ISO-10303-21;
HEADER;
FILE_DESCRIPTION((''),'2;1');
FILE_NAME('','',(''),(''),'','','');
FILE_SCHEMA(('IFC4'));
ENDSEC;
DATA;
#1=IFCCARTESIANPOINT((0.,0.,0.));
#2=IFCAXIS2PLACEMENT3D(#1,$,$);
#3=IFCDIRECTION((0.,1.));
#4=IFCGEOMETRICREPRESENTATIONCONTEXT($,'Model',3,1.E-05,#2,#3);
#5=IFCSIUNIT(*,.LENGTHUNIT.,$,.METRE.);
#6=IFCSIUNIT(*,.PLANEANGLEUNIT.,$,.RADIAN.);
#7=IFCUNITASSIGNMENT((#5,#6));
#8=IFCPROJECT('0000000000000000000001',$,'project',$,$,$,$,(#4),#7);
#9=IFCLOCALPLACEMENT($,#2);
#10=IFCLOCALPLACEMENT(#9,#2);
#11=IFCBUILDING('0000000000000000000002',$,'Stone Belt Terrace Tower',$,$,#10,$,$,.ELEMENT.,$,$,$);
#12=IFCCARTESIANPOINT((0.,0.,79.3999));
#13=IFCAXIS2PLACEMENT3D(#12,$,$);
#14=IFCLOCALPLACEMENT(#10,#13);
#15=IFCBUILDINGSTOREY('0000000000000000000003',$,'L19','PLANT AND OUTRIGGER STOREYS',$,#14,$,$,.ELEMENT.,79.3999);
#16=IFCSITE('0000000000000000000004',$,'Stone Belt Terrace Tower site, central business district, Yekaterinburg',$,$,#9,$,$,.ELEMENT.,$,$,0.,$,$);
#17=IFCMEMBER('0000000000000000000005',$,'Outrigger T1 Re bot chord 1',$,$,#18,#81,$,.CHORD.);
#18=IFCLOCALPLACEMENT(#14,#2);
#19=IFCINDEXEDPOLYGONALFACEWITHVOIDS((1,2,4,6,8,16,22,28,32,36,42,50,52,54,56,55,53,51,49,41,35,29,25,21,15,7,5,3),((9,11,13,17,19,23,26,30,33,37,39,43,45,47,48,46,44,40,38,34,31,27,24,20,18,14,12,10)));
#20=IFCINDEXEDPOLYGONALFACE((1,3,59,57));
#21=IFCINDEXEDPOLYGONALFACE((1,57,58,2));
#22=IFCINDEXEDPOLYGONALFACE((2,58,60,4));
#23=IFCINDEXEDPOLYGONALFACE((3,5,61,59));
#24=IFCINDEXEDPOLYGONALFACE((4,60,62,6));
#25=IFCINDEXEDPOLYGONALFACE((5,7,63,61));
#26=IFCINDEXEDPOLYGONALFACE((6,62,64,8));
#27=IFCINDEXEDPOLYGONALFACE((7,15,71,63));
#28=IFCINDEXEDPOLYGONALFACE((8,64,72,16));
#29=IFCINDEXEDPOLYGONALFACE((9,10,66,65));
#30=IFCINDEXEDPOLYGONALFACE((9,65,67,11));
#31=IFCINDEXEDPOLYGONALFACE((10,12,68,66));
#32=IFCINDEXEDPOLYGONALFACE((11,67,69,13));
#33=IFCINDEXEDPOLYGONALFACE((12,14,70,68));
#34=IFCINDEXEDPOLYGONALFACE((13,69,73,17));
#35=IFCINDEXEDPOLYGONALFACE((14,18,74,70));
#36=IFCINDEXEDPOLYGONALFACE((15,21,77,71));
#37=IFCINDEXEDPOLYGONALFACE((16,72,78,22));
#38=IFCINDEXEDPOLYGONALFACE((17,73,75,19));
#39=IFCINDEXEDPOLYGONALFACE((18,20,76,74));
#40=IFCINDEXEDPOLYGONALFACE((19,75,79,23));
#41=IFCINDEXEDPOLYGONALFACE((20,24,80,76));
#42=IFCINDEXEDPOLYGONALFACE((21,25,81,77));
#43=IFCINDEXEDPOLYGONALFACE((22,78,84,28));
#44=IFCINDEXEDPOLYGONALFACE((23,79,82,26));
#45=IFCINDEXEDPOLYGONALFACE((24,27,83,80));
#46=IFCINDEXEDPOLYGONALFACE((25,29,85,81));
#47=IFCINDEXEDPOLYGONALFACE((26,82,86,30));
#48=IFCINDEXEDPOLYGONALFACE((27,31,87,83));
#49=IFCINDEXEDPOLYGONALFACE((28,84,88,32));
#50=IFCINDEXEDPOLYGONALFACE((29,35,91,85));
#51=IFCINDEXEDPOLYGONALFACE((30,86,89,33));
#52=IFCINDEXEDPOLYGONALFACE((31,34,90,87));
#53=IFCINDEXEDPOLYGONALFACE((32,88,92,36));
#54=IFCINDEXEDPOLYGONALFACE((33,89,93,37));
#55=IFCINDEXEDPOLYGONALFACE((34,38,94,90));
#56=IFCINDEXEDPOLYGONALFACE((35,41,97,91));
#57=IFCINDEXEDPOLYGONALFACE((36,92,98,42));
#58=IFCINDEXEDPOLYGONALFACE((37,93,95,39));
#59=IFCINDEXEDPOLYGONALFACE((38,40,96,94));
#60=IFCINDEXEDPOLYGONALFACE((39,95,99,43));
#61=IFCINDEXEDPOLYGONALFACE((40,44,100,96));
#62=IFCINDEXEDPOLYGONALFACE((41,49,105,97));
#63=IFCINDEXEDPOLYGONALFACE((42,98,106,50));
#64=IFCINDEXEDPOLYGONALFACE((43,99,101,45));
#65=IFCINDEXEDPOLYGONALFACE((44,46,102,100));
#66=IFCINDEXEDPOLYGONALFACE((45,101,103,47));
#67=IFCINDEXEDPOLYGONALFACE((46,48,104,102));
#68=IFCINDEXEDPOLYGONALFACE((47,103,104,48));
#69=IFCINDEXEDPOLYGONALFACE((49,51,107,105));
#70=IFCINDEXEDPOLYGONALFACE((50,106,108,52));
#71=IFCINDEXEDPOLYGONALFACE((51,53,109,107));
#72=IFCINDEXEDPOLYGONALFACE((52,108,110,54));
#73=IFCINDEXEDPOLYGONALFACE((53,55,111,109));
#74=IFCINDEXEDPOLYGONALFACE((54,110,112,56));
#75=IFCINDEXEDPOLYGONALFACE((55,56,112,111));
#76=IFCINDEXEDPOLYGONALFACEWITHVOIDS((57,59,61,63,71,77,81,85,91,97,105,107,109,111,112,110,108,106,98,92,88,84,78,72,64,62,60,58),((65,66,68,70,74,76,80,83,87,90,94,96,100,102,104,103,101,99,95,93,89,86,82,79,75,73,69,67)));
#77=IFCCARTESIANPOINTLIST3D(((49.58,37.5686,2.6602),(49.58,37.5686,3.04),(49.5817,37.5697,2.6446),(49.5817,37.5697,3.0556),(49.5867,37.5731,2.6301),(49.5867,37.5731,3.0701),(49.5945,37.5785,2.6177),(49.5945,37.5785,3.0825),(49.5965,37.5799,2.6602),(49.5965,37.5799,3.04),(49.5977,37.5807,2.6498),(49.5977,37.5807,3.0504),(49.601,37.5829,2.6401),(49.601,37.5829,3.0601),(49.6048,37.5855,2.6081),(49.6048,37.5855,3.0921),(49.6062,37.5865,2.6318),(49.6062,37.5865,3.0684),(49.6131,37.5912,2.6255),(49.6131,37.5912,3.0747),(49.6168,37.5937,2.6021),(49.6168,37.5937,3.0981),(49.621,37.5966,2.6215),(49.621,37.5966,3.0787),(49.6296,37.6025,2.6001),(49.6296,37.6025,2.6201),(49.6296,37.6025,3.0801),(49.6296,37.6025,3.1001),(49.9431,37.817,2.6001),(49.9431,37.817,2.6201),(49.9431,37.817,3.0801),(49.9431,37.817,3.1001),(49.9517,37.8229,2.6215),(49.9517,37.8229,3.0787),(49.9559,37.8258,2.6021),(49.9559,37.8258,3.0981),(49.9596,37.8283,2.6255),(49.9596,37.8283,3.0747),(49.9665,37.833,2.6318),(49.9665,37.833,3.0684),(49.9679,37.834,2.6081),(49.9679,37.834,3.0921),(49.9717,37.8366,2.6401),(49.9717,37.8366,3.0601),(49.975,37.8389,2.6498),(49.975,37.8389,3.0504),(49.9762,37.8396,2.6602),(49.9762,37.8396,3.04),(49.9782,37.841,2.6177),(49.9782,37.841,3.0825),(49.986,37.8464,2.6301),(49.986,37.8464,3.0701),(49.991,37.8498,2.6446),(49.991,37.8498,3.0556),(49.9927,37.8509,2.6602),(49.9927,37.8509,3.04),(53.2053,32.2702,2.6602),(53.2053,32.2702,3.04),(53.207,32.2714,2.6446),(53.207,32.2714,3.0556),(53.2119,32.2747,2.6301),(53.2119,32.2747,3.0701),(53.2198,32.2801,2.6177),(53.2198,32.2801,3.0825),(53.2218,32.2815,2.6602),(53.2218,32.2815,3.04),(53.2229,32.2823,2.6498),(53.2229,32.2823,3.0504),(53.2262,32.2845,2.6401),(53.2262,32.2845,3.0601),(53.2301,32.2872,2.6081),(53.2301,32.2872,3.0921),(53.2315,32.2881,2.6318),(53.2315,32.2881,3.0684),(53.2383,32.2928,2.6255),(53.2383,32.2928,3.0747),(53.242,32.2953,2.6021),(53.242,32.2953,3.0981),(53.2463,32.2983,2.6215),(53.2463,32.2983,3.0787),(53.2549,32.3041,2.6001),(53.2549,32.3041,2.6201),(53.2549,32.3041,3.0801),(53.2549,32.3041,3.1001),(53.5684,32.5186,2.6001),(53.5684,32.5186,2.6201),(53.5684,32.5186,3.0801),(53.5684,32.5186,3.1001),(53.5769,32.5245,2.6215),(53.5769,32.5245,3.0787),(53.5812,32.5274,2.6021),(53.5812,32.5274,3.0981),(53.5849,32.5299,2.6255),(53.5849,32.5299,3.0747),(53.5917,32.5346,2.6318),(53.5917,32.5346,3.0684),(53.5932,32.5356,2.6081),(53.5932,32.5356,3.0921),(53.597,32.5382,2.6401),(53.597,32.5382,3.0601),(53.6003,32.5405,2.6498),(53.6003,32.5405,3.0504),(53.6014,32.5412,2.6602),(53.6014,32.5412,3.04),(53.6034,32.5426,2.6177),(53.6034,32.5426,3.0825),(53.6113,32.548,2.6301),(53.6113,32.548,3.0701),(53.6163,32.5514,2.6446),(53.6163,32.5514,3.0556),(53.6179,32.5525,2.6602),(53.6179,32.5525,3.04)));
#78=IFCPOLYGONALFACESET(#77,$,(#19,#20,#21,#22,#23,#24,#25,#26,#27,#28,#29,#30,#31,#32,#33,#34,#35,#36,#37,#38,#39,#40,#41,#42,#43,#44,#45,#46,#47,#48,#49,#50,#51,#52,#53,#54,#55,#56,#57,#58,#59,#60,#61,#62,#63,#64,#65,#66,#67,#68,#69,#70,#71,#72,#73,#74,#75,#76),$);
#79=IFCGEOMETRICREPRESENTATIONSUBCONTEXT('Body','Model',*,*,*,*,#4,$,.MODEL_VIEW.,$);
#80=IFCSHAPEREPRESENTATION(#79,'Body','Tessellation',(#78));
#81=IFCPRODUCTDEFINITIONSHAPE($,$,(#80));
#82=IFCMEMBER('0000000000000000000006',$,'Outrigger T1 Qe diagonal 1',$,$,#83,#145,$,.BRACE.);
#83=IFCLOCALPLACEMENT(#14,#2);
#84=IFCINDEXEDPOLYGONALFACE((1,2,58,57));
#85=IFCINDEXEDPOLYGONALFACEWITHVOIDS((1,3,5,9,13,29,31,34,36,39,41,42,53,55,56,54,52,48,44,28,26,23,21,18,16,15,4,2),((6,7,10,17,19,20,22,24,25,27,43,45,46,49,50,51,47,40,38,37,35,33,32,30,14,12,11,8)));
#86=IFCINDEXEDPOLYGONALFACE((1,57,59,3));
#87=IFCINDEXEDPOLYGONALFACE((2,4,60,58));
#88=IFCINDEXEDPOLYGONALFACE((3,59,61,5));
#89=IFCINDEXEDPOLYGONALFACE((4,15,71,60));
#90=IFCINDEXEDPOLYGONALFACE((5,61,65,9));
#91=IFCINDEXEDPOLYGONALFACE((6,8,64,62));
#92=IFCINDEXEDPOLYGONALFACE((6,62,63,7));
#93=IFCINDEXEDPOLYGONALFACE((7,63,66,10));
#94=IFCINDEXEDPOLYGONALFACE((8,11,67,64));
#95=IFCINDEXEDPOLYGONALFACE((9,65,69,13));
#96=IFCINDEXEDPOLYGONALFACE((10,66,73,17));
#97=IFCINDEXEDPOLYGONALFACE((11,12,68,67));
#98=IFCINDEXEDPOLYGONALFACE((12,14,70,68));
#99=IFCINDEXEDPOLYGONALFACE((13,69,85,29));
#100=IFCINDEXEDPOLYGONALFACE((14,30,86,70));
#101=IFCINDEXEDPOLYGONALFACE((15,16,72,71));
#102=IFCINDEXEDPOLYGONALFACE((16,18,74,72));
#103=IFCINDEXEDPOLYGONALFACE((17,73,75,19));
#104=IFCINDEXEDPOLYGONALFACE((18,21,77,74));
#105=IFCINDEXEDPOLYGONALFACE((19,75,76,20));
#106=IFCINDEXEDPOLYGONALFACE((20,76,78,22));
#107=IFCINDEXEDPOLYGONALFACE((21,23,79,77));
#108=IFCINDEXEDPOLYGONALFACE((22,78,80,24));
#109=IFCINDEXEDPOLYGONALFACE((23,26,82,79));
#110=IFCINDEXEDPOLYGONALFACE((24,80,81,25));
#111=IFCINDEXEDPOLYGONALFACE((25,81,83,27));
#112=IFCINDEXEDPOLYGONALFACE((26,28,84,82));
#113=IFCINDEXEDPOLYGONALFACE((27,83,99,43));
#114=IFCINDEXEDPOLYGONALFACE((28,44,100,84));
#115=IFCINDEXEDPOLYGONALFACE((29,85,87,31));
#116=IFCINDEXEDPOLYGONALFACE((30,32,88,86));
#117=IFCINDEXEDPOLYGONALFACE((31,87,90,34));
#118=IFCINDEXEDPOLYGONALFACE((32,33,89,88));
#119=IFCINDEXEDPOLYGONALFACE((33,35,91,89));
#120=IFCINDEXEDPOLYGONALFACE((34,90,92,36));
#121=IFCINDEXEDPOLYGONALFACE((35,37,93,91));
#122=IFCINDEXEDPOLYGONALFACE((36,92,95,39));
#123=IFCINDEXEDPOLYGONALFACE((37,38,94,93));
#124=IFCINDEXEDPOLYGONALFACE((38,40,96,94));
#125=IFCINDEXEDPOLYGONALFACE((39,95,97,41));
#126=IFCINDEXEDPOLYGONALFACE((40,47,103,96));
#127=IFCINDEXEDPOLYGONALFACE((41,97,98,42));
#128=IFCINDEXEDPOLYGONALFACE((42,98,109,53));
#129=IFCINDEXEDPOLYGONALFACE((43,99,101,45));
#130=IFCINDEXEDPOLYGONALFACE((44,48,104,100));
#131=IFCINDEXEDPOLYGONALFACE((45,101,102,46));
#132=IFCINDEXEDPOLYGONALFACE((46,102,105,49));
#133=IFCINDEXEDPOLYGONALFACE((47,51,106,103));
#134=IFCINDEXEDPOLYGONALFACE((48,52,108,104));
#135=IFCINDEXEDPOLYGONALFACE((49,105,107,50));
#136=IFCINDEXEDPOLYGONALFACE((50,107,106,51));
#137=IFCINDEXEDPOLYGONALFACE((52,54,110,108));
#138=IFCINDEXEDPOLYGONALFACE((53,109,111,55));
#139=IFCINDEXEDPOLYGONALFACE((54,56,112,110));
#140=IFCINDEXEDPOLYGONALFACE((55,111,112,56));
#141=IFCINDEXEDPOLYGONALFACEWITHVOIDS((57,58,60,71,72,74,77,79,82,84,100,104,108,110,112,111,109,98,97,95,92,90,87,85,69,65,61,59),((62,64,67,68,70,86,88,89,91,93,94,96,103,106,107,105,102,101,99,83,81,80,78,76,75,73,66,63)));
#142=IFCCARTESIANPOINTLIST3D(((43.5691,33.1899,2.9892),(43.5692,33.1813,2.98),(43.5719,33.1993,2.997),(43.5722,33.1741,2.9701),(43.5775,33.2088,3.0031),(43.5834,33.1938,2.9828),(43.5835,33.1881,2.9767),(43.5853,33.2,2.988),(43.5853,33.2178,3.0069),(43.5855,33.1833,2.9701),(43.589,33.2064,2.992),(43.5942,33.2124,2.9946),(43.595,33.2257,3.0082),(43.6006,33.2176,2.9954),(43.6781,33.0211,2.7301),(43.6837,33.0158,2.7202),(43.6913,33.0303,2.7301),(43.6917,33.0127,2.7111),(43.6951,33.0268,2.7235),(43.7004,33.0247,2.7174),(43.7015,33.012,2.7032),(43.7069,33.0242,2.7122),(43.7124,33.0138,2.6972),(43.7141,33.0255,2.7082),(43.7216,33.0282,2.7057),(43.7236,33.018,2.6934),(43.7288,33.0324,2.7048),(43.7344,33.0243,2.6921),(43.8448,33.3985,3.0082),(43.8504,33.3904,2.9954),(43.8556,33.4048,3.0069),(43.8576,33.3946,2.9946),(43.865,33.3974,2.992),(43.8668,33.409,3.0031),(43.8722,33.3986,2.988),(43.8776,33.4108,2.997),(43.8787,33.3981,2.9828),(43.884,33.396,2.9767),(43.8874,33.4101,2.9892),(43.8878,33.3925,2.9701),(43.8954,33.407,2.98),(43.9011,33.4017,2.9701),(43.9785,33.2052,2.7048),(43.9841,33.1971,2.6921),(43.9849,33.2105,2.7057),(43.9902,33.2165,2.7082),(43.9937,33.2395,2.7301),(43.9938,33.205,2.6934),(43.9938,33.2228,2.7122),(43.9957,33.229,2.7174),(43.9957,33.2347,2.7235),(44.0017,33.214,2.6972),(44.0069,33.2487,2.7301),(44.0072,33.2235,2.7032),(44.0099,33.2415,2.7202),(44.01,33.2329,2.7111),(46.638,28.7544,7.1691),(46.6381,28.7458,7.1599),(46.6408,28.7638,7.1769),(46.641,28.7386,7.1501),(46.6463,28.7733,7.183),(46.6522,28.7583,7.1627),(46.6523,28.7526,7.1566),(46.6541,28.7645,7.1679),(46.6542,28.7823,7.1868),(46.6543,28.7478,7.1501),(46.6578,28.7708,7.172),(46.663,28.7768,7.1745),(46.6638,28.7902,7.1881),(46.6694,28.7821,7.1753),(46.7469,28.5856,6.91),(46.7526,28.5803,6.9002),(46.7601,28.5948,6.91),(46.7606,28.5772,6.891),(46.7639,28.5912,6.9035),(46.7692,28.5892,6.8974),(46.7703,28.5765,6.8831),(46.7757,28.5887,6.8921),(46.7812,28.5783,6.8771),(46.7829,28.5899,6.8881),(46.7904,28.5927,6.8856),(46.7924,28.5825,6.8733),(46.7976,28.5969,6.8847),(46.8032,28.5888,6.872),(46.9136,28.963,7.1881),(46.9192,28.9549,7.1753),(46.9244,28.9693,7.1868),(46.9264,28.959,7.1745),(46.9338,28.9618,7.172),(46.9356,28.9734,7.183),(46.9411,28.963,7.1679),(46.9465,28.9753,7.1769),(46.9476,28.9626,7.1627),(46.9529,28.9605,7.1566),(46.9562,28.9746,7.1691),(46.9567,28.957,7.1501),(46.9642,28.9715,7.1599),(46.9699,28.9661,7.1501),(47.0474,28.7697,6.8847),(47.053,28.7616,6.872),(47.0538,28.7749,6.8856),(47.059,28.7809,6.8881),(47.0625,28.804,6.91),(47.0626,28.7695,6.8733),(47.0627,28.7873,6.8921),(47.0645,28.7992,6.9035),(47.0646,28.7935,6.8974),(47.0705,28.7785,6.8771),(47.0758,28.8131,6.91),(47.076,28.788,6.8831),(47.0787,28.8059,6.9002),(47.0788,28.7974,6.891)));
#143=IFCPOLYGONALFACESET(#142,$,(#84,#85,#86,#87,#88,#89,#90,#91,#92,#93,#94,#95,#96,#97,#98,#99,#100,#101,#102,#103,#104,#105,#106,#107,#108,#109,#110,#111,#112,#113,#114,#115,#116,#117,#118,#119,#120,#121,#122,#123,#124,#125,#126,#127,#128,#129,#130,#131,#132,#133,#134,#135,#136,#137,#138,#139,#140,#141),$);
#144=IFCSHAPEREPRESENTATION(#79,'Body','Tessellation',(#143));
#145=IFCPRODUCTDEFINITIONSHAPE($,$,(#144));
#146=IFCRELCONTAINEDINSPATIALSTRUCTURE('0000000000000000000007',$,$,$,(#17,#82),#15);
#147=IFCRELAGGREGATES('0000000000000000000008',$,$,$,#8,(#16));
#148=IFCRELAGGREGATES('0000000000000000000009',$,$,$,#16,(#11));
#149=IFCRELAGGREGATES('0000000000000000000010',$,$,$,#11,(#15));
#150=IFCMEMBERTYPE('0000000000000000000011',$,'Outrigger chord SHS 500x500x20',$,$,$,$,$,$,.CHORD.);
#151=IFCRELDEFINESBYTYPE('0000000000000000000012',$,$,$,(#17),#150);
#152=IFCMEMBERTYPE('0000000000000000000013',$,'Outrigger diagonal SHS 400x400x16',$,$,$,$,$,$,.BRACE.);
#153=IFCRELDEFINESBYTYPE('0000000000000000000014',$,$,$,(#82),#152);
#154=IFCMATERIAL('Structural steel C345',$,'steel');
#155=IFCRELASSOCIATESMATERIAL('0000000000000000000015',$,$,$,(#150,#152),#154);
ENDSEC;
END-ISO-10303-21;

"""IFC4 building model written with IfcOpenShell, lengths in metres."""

from ifc_helpers import new_model, si_unit, direction, frame, origin, origin_2d, place, context, subcontext, project, spatial, hollow_rectangle, extrude, material, material_profile, profile_set, type_object, element, save


model = new_model("IFC4")

# Units and contexts
model_context = context("Model", 3, precision=1e-05, world=origin(), true_north=direction((0.0, 1.0)))
body_context = subcontext(model_context, "Body", "Model", "MODEL_VIEW")
ifc_project = project(units=[si_unit("LENGTHUNIT", "METRE"), si_unit("PLANEANGLEUNIT", "RADIAN")], contexts=[model_context])

# Site, building, storey
site_placement = place(None, origin())
site = spatial("IfcSite", under=ifc_project, at=site_placement, Name="Stone Belt Terrace Tower site, central business district, Yekaterinburg", CompositionType="ELEMENT", RefElevation=0.0)
building_placement = place(site_placement, origin())
building = spatial("IfcBuilding", under=site, at=building_placement, Name="Stone Belt Terrace Tower", CompositionType="ELEMENT")
storey_placement = place(building_placement, frame((0.0, 0.0, 79.3999)))
storey = spatial("IfcBuildingStorey", under=building, at=storey_placement, Name="L19", Description="PLANT AND OUTRIGGER STOREYS", CompositionType="ELEMENT", Elevation=79.3999)

# Members
ifc_material_1 = material(Name="Structural steel C345", Category="steel")
ifc_material_profile_1 = material_profile(ifc_material_1, hollow_rectangle(XDim=0.5, YDim=0.5, WallThickness=0.02, InnerFilletRadius=0.04, OuterFilletRadius=0.0601, at=origin_2d()), Name="SHS 500x500x20")
ifc_profile_set_1 = profile_set([ifc_material_profile_1], Name="Structural steel C345")
member_type_1 = type_object("IfcMemberType", Name="Outrigger chord SHS 500x500x20", PredefinedType="CHORD", material=ifc_profile_set_1)
for number, where, z_axis, x_axis, name in (
    (1, (53.4116, 32.4114, 2.8501), (-0.564691, 0.825303, 0.0), (-0.825303, -0.564691, 0.0), "Outrigger T1 Re bot chord 1"),
):
    element("IfcMember", number, at=place(storey_placement, frame(where, z_axis=z_axis, x_axis=x_axis)), inside=storey, type_object=member_type_1, Name=name, PredefinedType="CHORD", context=body_context, shape_type="SweptSolid", body=[
        extrude(hollow_rectangle(XDim=0.5, YDim=0.5, WallThickness=0.02, InnerFilletRadius=0.04, OuterFilletRadius=0.0601, at=origin_2d()), origin(), (0.0, 0.0, 1.0), 6.4199),
    ])
ifc_material_profile_2 = material_profile(ifc_material_1, hollow_rectangle(XDim=0.3999, YDim=0.3999, WallThickness=0.0161, InnerFilletRadius=0.032, OuterFilletRadius=0.0481, at=origin_2d()), Name="SHS 400x400x16")
ifc_profile_set_2 = profile_set([ifc_material_profile_2], Name="Structural steel C345")
member_type_2 = type_object("IfcMemberType", Name="Outrigger diagonal SHS 400x400x16", PredefinedType="BRACE", material=ifc_profile_set_2)
member_1_placement = place(storey_placement, frame((46.8584, 28.7759, 7.03), z_axis=(-0.44973, 0.650015, -0.612555), x_axis=(-0.822358, -0.56897, 0.0)))
element("IfcMember", 2, at=member_1_placement, inside=storey, type_object=member_type_2, Name="Outrigger T1 Qe diagonal 1", PredefinedType="BRACE", context=body_context, shape_type="SweptSolid", body=[
    extrude(hollow_rectangle(XDim=0.3999, YDim=0.3999, WallThickness=0.0161, InnerFilletRadius=0.032, OuterFilletRadius=0.0481, at=origin_2d()), origin(), (0.0, 0.0, 1.0), 6.8237),
])

save(model, "model.ifc")
